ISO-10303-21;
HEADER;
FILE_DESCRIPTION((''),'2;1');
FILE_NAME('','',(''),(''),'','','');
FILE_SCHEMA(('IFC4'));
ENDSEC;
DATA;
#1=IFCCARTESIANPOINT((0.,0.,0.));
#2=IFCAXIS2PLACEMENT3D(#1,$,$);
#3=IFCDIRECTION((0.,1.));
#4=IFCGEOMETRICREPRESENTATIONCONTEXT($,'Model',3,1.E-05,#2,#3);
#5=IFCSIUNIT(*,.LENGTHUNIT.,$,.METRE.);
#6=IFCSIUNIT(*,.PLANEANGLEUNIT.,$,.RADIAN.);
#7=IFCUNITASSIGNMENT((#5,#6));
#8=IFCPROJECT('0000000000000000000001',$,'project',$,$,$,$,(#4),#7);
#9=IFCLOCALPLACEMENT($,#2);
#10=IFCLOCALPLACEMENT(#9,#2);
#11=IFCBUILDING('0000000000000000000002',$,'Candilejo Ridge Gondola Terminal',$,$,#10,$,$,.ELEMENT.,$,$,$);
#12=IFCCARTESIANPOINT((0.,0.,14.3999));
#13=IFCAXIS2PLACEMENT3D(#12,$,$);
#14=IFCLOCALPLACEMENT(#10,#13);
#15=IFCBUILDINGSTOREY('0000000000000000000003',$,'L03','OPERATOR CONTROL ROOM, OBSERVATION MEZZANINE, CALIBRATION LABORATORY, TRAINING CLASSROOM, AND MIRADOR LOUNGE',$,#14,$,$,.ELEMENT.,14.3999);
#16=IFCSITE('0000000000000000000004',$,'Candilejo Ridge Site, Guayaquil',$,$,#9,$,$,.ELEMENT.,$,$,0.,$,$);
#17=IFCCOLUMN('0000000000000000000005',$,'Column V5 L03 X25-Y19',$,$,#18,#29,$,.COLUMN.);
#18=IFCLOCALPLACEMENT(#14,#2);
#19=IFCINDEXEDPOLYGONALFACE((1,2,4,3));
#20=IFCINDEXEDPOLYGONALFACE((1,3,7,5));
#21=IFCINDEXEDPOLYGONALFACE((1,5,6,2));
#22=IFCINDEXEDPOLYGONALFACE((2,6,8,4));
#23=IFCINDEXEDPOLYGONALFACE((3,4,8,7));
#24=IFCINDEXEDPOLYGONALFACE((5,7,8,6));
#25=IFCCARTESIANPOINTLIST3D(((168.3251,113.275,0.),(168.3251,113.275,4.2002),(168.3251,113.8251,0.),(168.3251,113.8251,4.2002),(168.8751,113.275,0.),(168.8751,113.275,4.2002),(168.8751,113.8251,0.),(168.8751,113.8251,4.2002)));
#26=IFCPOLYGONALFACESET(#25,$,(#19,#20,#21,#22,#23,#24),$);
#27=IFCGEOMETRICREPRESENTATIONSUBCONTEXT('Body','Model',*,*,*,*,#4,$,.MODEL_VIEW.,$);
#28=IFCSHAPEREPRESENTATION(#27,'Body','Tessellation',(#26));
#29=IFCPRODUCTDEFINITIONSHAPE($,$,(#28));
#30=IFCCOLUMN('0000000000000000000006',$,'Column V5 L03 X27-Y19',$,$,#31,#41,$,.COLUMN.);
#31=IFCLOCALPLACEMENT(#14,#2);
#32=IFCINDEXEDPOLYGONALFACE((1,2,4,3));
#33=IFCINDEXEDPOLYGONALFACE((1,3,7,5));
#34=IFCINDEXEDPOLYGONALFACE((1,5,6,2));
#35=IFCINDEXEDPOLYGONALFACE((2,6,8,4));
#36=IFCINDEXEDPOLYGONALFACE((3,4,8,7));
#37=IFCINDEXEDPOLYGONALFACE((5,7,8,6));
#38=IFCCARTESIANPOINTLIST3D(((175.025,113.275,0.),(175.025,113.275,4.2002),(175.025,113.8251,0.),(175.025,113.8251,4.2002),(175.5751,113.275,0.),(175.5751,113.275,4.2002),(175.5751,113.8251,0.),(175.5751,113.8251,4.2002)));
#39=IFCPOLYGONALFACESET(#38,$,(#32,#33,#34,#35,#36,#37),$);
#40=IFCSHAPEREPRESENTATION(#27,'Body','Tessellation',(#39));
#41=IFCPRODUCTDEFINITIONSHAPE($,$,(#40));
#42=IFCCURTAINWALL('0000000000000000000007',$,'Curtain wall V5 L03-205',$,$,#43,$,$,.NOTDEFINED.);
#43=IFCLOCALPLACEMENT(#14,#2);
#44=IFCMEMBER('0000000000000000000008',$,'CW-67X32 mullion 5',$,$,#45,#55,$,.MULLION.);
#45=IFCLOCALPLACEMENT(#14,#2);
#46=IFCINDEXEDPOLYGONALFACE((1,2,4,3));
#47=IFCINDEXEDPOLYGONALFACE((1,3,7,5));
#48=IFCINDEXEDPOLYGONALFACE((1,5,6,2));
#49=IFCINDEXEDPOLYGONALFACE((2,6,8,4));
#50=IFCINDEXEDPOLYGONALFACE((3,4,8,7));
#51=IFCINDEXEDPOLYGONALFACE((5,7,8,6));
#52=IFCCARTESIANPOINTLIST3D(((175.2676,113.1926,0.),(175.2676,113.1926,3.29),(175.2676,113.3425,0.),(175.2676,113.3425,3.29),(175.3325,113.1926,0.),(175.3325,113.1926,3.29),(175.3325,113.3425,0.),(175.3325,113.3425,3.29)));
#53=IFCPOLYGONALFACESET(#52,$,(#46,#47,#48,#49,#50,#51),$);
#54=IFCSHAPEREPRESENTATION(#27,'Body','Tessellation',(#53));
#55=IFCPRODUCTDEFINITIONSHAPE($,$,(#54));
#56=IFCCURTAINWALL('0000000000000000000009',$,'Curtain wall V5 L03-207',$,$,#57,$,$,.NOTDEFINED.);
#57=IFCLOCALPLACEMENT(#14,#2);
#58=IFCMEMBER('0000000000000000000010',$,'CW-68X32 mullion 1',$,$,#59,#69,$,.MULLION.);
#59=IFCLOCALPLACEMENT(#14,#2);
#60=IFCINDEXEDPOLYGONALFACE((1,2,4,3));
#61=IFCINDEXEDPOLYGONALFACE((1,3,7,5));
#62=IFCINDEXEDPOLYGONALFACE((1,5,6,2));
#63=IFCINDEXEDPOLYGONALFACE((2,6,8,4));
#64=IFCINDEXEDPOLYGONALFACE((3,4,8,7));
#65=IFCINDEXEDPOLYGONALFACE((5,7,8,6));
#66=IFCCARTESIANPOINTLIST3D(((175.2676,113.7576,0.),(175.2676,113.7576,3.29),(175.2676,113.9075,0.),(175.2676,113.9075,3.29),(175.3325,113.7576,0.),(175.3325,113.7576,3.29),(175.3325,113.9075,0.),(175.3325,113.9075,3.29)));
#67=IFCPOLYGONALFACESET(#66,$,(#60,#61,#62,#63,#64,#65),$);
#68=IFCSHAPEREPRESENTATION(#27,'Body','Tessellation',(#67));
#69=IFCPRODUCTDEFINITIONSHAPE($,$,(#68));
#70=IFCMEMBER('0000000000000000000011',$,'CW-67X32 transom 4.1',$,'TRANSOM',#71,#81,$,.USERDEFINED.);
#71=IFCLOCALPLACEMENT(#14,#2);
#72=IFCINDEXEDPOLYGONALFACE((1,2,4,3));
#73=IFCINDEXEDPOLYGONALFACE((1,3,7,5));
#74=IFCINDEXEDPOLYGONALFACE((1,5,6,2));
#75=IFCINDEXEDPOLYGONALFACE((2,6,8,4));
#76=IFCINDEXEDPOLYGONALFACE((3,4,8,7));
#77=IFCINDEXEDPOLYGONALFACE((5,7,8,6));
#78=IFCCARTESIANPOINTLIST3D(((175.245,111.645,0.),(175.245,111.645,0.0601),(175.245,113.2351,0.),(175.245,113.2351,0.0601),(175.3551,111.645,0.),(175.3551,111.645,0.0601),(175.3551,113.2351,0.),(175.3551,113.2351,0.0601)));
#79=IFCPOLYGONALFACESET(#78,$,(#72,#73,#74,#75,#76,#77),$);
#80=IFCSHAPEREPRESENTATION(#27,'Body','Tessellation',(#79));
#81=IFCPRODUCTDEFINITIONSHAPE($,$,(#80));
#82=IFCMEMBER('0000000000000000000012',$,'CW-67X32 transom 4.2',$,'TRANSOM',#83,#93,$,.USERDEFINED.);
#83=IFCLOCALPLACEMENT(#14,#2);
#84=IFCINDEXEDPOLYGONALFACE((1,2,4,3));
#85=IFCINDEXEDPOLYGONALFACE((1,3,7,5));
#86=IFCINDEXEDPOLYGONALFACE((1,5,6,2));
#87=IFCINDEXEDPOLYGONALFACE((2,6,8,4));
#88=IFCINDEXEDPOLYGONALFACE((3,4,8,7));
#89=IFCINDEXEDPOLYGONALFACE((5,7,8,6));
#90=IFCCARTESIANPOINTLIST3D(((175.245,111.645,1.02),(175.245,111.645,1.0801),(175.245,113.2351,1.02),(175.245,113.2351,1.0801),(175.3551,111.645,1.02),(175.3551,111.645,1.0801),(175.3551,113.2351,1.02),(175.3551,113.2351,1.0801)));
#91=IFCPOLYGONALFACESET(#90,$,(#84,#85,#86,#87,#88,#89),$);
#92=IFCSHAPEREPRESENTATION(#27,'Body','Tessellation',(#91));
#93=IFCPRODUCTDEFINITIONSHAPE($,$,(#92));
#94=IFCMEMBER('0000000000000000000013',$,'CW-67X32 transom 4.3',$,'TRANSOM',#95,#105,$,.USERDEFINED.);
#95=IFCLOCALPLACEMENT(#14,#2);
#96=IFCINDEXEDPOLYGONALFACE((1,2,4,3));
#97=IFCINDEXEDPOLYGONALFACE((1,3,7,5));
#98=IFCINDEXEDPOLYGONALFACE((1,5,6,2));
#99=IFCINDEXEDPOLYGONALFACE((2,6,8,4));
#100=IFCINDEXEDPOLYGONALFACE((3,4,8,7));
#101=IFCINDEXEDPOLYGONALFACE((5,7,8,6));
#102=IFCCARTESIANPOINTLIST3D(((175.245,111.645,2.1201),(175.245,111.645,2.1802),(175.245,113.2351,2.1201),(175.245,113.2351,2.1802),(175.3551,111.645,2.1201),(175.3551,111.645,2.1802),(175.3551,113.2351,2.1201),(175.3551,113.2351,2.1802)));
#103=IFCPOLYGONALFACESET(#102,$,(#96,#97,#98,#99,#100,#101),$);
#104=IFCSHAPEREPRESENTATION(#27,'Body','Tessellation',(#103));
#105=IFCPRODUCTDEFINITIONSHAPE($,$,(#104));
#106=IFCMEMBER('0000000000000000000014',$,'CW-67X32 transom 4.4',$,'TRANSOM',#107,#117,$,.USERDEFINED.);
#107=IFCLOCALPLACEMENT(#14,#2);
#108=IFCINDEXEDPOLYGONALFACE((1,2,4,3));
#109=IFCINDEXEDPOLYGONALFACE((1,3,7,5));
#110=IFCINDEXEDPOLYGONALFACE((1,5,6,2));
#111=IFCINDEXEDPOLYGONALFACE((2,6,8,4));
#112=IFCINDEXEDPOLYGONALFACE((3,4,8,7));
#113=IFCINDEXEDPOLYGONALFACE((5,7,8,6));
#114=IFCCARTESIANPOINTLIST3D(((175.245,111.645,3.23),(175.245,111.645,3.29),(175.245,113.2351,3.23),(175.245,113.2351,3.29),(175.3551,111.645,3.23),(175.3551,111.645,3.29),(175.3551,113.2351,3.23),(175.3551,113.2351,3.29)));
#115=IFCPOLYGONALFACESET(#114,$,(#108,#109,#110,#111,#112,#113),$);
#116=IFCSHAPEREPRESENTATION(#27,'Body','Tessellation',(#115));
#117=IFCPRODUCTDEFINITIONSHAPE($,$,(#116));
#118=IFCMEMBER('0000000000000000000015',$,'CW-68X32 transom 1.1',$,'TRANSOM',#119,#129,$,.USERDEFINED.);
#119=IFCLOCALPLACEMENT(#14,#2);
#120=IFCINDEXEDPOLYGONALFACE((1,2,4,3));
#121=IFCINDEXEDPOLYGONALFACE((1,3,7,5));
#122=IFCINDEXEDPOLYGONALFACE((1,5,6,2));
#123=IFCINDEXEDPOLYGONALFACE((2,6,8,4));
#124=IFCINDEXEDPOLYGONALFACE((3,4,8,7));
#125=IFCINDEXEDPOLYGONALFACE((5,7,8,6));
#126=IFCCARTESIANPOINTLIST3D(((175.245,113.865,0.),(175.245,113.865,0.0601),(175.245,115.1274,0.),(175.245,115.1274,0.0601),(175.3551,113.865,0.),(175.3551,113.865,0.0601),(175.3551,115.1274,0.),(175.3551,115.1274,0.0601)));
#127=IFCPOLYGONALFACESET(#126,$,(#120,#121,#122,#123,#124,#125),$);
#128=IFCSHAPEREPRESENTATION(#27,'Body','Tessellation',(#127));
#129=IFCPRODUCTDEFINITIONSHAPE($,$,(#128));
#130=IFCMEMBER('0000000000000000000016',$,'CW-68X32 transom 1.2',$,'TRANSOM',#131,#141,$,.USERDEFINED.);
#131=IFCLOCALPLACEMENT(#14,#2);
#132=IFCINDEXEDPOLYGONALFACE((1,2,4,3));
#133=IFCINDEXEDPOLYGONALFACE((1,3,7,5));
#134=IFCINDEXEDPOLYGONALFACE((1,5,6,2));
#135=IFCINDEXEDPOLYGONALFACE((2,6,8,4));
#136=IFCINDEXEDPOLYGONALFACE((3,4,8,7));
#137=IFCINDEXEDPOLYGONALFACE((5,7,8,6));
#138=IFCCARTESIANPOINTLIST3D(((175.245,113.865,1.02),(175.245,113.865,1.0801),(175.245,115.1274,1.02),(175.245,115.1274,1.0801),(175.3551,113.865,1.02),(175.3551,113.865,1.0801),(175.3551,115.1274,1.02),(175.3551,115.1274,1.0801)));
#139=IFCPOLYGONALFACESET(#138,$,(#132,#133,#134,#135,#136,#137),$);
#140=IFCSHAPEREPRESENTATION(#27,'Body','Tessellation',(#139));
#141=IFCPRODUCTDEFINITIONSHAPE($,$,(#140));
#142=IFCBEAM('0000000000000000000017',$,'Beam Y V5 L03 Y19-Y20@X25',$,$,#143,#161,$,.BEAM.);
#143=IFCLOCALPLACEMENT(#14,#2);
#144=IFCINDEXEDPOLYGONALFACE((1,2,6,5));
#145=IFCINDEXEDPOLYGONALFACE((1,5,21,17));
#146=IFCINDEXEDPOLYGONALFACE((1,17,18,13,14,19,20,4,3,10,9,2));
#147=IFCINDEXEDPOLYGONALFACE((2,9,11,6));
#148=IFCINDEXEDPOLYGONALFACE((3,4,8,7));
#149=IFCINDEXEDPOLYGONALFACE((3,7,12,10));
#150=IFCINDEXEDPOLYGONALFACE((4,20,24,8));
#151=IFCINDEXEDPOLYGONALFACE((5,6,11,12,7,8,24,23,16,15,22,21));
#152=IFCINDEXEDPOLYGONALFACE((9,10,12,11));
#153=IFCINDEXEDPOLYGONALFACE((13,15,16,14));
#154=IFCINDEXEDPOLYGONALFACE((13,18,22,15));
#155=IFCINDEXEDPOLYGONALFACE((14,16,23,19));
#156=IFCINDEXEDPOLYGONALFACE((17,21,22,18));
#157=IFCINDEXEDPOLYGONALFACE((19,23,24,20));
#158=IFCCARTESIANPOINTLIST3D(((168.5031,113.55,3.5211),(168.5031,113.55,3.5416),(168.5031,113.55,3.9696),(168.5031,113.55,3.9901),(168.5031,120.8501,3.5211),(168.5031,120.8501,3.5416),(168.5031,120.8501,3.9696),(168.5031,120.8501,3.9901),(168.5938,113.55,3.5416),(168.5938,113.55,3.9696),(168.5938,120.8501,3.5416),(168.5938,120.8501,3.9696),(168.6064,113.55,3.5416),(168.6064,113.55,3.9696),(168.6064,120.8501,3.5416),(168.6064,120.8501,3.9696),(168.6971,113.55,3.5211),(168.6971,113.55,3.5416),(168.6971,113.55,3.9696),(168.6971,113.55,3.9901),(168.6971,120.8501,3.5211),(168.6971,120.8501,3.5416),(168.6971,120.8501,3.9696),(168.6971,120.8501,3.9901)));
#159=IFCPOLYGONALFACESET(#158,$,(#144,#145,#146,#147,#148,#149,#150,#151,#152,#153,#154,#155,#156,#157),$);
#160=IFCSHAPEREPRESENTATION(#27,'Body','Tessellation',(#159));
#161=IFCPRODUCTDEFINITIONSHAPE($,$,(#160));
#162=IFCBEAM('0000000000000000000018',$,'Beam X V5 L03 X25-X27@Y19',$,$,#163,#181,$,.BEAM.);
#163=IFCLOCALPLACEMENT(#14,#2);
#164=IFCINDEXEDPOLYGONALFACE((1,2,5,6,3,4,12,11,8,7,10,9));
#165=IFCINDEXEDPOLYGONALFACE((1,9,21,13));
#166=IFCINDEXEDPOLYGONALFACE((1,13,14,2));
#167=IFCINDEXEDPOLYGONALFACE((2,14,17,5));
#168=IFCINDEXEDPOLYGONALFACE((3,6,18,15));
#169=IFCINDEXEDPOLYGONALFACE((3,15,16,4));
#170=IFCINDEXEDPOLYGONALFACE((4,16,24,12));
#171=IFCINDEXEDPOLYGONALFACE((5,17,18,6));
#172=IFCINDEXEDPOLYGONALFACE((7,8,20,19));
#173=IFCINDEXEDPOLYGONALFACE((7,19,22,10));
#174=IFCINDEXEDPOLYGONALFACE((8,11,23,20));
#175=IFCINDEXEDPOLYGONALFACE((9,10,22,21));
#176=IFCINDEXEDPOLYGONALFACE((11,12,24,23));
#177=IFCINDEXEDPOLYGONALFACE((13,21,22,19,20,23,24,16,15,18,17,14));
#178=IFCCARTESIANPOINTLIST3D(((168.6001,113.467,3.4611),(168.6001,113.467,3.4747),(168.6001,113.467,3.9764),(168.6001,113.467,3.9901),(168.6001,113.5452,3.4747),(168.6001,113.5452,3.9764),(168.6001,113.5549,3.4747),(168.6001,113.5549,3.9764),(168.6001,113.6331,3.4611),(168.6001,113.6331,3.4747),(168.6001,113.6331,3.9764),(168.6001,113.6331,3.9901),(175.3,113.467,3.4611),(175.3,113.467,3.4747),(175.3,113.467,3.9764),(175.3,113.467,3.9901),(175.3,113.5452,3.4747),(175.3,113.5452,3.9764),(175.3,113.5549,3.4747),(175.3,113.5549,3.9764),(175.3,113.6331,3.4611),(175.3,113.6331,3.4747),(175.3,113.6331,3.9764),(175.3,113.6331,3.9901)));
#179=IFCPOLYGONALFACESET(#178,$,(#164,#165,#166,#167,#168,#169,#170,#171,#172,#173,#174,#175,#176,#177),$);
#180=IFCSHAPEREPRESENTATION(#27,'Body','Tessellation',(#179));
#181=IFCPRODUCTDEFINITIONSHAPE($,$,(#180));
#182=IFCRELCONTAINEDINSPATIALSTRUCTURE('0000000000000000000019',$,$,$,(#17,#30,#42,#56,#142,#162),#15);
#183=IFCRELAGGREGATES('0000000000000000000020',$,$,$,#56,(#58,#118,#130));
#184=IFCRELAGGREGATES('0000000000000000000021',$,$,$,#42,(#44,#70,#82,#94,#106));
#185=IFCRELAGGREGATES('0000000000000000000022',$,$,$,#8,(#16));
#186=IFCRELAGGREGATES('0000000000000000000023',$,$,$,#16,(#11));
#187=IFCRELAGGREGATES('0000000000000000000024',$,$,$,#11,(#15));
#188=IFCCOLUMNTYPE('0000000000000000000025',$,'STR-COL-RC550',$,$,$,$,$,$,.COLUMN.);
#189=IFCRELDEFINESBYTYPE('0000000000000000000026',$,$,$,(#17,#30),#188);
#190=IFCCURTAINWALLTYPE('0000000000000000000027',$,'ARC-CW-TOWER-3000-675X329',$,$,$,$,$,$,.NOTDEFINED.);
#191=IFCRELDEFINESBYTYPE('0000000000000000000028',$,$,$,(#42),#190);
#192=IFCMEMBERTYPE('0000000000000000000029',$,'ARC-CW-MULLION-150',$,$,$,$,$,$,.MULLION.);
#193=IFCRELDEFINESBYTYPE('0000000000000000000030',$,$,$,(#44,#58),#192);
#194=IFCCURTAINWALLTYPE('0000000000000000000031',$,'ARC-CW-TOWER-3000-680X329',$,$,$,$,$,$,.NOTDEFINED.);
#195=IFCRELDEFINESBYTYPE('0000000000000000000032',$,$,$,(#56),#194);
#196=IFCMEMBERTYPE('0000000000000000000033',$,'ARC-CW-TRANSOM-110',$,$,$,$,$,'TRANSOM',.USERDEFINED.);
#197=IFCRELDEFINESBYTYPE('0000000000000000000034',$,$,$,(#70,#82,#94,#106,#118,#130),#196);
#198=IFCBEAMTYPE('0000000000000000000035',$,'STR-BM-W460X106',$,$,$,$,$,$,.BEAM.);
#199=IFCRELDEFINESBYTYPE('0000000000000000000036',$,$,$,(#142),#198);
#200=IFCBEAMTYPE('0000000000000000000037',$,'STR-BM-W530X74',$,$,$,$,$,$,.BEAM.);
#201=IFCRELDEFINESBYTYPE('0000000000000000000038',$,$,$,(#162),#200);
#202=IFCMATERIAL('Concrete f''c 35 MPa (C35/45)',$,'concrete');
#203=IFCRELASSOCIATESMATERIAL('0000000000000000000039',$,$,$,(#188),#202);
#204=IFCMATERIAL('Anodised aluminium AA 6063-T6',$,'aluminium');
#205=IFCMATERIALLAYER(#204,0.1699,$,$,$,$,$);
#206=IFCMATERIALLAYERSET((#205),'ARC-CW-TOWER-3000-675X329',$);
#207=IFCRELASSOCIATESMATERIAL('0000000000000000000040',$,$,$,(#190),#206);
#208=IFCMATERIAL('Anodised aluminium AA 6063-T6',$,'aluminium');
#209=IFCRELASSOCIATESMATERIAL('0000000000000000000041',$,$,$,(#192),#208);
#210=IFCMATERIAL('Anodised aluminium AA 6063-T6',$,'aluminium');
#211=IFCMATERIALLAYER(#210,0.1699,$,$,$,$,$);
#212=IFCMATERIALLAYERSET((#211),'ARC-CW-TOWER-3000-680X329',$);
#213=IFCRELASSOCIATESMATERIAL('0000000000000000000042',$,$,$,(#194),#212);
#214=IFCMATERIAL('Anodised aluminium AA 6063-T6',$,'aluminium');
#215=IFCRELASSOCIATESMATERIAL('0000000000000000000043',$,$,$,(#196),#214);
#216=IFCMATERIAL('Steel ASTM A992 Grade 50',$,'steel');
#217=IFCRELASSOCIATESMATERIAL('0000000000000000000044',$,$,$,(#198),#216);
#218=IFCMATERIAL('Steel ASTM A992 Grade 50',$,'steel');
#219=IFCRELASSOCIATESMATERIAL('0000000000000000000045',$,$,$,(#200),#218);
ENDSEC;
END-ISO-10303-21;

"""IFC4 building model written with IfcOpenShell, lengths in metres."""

from ifc_helpers import new_model, si_unit, direction, frame, origin, origin_2d, place, context, subcontext, project, spatial, rectangle, i_section, extrude, material, layer, layer_set, material_profile, profile_set, type_object, element, aggregate, save


model = new_model("IFC4")

# Units and contexts
model_context = context("Model", 3, precision=1e-05, world=origin(), true_north=direction((0.0, 1.0)))
body_context = subcontext(model_context, "Body", "Model", "MODEL_VIEW")
ifc_project = project(units=[si_unit("LENGTHUNIT", "METRE"), si_unit("PLANEANGLEUNIT", "RADIAN")], contexts=[model_context])

# Site, building, storey
site_placement = place(None, origin())
site = spatial("IfcSite", under=ifc_project, at=site_placement, Name="Candilejo Ridge Site, Guayaquil", CompositionType="ELEMENT", RefElevation=0.0)
building_placement = place(site_placement, origin())
building = spatial("IfcBuilding", under=site, at=building_placement, Name="Candilejo Ridge Gondola Terminal", CompositionType="ELEMENT")
storey_placement = place(building_placement, frame((0.0, 0.0, 14.3999)))
storey = spatial("IfcBuildingStorey", under=building, at=storey_placement, Name="L03", Description="OPERATOR CONTROL ROOM, OBSERVATION MEZZANINE, CALIBRATION LABORATORY, TRAINING CLASSROOM, AND MIRADOR LOUNGE", CompositionType="ELEMENT", Elevation=14.3999)

# Columns
ifc_material_1 = material(Name="Concrete f'c 35 MPa (C35/45)", Category="concrete")
ifc_material_profile_1 = material_profile(ifc_material_1, rectangle(XDim=0.55, YDim=0.55, at=origin_2d()))
ifc_profile_set_1 = profile_set([ifc_material_profile_1], Name="Concrete f'c 35 MPa (C35/45)")
column_type = type_object("IfcColumnType", Name="STR-COL-RC550", PredefinedType="COLUMN", material=ifc_profile_set_1)
for number, where, z_axis, x_axis, name in (
    (1, (168.6001, 113.55, 0.0), (0.0, 0.0, 1.0), (1.0, 0.0, 0.0), "Column V5 L03 X25-Y19"),
    (2, (175.3, 113.55, 0.0), (0.0, 0.0, 1.0), (1.0, 0.0, 0.0), "Column V5 L03 X27-Y19"),
):
    element("IfcColumn", number, at=place(storey_placement, frame(where, z_axis=z_axis, x_axis=x_axis)), inside=storey, type_object=column_type, Name=name, PredefinedType="COLUMN", context=body_context, shape_type="SweptSolid", body=[
        extrude(rectangle(XDim=0.55, YDim=0.55, at=origin_2d()), origin(), (0.0, 0.0, 1.0), 4.2002),
    ])

# Curtain walls, members
ifc_material_2 = material(Name="Anodised aluminium AA 6063-T6", Category="aluminium")
ifc_layer_1 = layer(ifc_material_2, 0.1699)
ifc_layer_set_1 = layer_set([ifc_layer_1], Name="ARC-CW-TOWER-3000-675X329")
curtain_wall_type_1 = type_object("IfcCurtainWallType", Name="ARC-CW-TOWER-3000-675X329", PredefinedType="NOTDEFINED", material=ifc_layer_set_1)
curtain_wall_1_placement = place(storey_placement, origin())
curtain_wall_1 = element("IfcCurtainWall", 3, at=curtain_wall_1_placement, inside=storey, type_object=curtain_wall_type_1, Name="Curtain wall V5 L03-205", PredefinedType="NOTDEFINED")
ifc_material_3 = material(Name="Anodised aluminium AA 6063-T6", Category="aluminium")
ifc_material_profile_2 = material_profile(ifc_material_3, rectangle(XDim=0.0649, YDim=0.1499, at=origin_2d()))
ifc_profile_set_2 = profile_set([ifc_material_profile_2], Name="Anodised aluminium AA 6063-T6")
member_type_1 = type_object("IfcMemberType", Name="ARC-CW-MULLION-150", PredefinedType="MULLION", material=ifc_profile_set_2)
member_1_placement = place(storey_placement, frame((175.3, 113.2676, 0.0), z_axis=(0.0, 0.0, 1.0), x_axis=(-1.0, 0.0, 0.0)))
member_1 = element("IfcMember", 4, at=member_1_placement, type_object=member_type_1, Name="CW-67X32 mullion 5", PredefinedType="MULLION", context=body_context, shape_type="SweptSolid", body=[
    extrude(rectangle(XDim=0.0649, YDim=0.1499, at=origin_2d()), origin(), (0.0, 0.0, 1.0), 3.29),
])
ifc_material_4 = material(Name="Anodised aluminium AA 6063-T6", Category="aluminium")
ifc_layer_2 = layer(ifc_material_4, 0.1699)
ifc_layer_set_2 = layer_set([ifc_layer_2], Name="ARC-CW-TOWER-3000-680X329")
curtain_wall_type_2 = type_object("IfcCurtainWallType", Name="ARC-CW-TOWER-3000-680X329", PredefinedType="NOTDEFINED", material=ifc_layer_set_2)
curtain_wall_2_placement = place(storey_placement, origin())
curtain_wall_2 = element("IfcCurtainWall", 5, at=curtain_wall_2_placement, inside=storey, type_object=curtain_wall_type_2, Name="Curtain wall V5 L03-207", PredefinedType="NOTDEFINED")
member_2_placement = place(storey_placement, frame((175.3, 113.8325, 0.0), z_axis=(0.0, 0.0, 1.0), x_axis=(-1.0, 0.0, 0.0)))
member_2 = element("IfcMember", 6, at=member_2_placement, type_object=member_type_1, Name="CW-68X32 mullion 1", PredefinedType="MULLION", context=body_context, shape_type="SweptSolid", body=[
    extrude(rectangle(XDim=0.0649, YDim=0.1499, at=origin_2d()), origin(), (0.0, 0.0, 1.0), 3.29),
])

# Members
ifc_material_5 = material(Name="Anodised aluminium AA 6063-T6", Category="aluminium")
ifc_material_profile_3 = material_profile(ifc_material_5, rectangle(XDim=0.1101, YDim=0.0601, at=origin_2d()))
ifc_profile_set_3 = profile_set([ifc_material_profile_3], Name="Anodised aluminium AA 6063-T6")
member_type_2 = type_object("IfcMemberType", Name="ARC-CW-TRANSOM-110", ElementType="TRANSOM", PredefinedType="USERDEFINED", material=ifc_profile_set_3)
member_3_placement = place(storey_placement, frame((175.3, 111.645, 0.03), z_axis=(0.0, 1.0, 0.0), x_axis=(-1.0, 0.0, 0.0)))
member_3 = element("IfcMember", 7, at=member_3_placement, type_object=member_type_2, Name="CW-67X32 transom 4.1", ObjectType="TRANSOM", PredefinedType="USERDEFINED", context=body_context, shape_type="SweptSolid", body=[
    extrude(rectangle(XDim=0.1101, YDim=0.0601, at=origin_2d()), origin(), (0.0, 0.0, 1.0), 1.5901),
])
member_4_placement = place(storey_placement, frame((175.3, 111.645, 1.05), z_axis=(0.0, 1.0, 0.0), x_axis=(-1.0, 0.0, 0.0)))
member_4 = element("IfcMember", 8, at=member_4_placement, type_object=member_type_2, Name="CW-67X32 transom 4.2", ObjectType="TRANSOM", PredefinedType="USERDEFINED", context=body_context, shape_type="SweptSolid", body=[
    extrude(rectangle(XDim=0.1101, YDim=0.0601, at=origin_2d()), origin(), (0.0, 0.0, 1.0), 1.5901),
])
member_5_placement = place(storey_placement, frame((175.3, 111.645, 2.1501), z_axis=(0.0, 1.0, 0.0), x_axis=(-1.0, 0.0, 0.0)))
member_5 = element("IfcMember", 9, at=member_5_placement, type_object=member_type_2, Name="CW-67X32 transom 4.3", ObjectType="TRANSOM", PredefinedType="USERDEFINED", context=body_context, shape_type="SweptSolid", body=[
    extrude(rectangle(XDim=0.1101, YDim=0.0601, at=origin_2d()), origin(), (0.0, 0.0, 1.0), 1.5901),
])
member_6_placement = place(storey_placement, frame((175.3, 111.645, 3.26), z_axis=(0.0, 1.0, 0.0), x_axis=(-1.0, 0.0, 0.0)))
member_6 = element("IfcMember", 10, at=member_6_placement, type_object=member_type_2, Name="CW-67X32 transom 4.4", ObjectType="TRANSOM", PredefinedType="USERDEFINED", context=body_context, shape_type="SweptSolid", body=[
    extrude(rectangle(XDim=0.1101, YDim=0.0601, at=origin_2d()), origin(), (0.0, 0.0, 1.0), 1.5901),
])
member_7_placement = place(storey_placement, frame((175.3, 113.865, 0.03), z_axis=(0.0, 1.0, 0.0), x_axis=(-1.0, 0.0, 0.0)))
member_7 = element("IfcMember", 11, at=member_7_placement, type_object=member_type_2, Name="CW-68X32 transom 1.1", ObjectType="TRANSOM", PredefinedType="USERDEFINED", context=body_context, shape_type="SweptSolid", body=[
    extrude(rectangle(XDim=0.1101, YDim=0.0601, at=origin_2d()), origin(), (0.0, 0.0, 1.0), 1.2625),
])
member_8_placement = place(storey_placement, frame((175.3, 113.865, 1.05), z_axis=(0.0, 1.0, 0.0), x_axis=(-1.0, 0.0, 0.0)))
member_8 = element("IfcMember", 12, at=member_8_placement, type_object=member_type_2, Name="CW-68X32 transom 1.2", ObjectType="TRANSOM", PredefinedType="USERDEFINED", context=body_context, shape_type="SweptSolid", body=[
    extrude(rectangle(XDim=0.1101, YDim=0.0601, at=origin_2d()), origin(), (0.0, 0.0, 1.0), 1.2625),
])
aggregate(curtain_wall_2, [member_2, member_7, member_8])

# Beams
ifc_material_6 = material(Name="Steel ASTM A992 Grade 50", Category="steel")
ifc_material_profile_4 = material_profile(ifc_material_6, i_section(OverallWidth=0.1941, OverallDepth=0.469, WebThickness=0.0127, FlangeThickness=0.0205, at=origin_2d()))
ifc_profile_set_4 = profile_set([ifc_material_profile_4], Name="Steel ASTM A992 Grade 50")
beam_type_1 = type_object("IfcBeamType", Name="STR-BM-W460X106", PredefinedType="BEAM", material=ifc_profile_set_4)
beam_1_placement = place(storey_placement, frame((168.6001, 113.55, 3.7556), z_axis=(0.0, 1.0, 0.0), x_axis=(-1.0, 0.0, 0.0)))
element("IfcBeam", 13, at=beam_1_placement, inside=storey, type_object=beam_type_1, Name="Beam Y V5 L03 Y19-Y20@X25", PredefinedType="BEAM", context=body_context, shape_type="SweptSolid", body=[
    extrude(i_section(OverallWidth=0.1941, OverallDepth=0.469, WebThickness=0.0127, FlangeThickness=0.0205, at=origin_2d()), origin(), (0.0, 0.0, 1.0), 7.3),
])
ifc_material_7 = material(Name="Steel ASTM A992 Grade 50", Category="steel")
ifc_material_profile_5 = material_profile(ifc_material_7, i_section(OverallWidth=0.166, OverallDepth=0.5291, WebThickness=0.0098, FlangeThickness=0.0137, at=origin_2d()))
ifc_profile_set_5 = profile_set([ifc_material_profile_5], Name="Steel ASTM A992 Grade 50")
beam_type_2 = type_object("IfcBeamType", Name="STR-BM-W530X74", PredefinedType="BEAM", material=ifc_profile_set_5)
beam_2_placement = place(storey_placement, frame((168.6001, 113.55, 3.7256), z_axis=(1.0, 0.0, 0.0), x_axis=(0.0, 1.0, 0.0)))
element("IfcBeam", 14, at=beam_2_placement, inside=storey, type_object=beam_type_2, Name="Beam X V5 L03 X25-X27@Y19", PredefinedType="BEAM", context=body_context, shape_type="SweptSolid", body=[
    extrude(i_section(OverallWidth=0.166, OverallDepth=0.5291, WebThickness=0.0098, FlangeThickness=0.0137, at=origin_2d()), origin(), (0.0, 0.0, 1.0), 6.7),
])

aggregate(curtain_wall_1, [member_1, member_3, member_4, member_5, member_6])

save(model, "model.ifc")
